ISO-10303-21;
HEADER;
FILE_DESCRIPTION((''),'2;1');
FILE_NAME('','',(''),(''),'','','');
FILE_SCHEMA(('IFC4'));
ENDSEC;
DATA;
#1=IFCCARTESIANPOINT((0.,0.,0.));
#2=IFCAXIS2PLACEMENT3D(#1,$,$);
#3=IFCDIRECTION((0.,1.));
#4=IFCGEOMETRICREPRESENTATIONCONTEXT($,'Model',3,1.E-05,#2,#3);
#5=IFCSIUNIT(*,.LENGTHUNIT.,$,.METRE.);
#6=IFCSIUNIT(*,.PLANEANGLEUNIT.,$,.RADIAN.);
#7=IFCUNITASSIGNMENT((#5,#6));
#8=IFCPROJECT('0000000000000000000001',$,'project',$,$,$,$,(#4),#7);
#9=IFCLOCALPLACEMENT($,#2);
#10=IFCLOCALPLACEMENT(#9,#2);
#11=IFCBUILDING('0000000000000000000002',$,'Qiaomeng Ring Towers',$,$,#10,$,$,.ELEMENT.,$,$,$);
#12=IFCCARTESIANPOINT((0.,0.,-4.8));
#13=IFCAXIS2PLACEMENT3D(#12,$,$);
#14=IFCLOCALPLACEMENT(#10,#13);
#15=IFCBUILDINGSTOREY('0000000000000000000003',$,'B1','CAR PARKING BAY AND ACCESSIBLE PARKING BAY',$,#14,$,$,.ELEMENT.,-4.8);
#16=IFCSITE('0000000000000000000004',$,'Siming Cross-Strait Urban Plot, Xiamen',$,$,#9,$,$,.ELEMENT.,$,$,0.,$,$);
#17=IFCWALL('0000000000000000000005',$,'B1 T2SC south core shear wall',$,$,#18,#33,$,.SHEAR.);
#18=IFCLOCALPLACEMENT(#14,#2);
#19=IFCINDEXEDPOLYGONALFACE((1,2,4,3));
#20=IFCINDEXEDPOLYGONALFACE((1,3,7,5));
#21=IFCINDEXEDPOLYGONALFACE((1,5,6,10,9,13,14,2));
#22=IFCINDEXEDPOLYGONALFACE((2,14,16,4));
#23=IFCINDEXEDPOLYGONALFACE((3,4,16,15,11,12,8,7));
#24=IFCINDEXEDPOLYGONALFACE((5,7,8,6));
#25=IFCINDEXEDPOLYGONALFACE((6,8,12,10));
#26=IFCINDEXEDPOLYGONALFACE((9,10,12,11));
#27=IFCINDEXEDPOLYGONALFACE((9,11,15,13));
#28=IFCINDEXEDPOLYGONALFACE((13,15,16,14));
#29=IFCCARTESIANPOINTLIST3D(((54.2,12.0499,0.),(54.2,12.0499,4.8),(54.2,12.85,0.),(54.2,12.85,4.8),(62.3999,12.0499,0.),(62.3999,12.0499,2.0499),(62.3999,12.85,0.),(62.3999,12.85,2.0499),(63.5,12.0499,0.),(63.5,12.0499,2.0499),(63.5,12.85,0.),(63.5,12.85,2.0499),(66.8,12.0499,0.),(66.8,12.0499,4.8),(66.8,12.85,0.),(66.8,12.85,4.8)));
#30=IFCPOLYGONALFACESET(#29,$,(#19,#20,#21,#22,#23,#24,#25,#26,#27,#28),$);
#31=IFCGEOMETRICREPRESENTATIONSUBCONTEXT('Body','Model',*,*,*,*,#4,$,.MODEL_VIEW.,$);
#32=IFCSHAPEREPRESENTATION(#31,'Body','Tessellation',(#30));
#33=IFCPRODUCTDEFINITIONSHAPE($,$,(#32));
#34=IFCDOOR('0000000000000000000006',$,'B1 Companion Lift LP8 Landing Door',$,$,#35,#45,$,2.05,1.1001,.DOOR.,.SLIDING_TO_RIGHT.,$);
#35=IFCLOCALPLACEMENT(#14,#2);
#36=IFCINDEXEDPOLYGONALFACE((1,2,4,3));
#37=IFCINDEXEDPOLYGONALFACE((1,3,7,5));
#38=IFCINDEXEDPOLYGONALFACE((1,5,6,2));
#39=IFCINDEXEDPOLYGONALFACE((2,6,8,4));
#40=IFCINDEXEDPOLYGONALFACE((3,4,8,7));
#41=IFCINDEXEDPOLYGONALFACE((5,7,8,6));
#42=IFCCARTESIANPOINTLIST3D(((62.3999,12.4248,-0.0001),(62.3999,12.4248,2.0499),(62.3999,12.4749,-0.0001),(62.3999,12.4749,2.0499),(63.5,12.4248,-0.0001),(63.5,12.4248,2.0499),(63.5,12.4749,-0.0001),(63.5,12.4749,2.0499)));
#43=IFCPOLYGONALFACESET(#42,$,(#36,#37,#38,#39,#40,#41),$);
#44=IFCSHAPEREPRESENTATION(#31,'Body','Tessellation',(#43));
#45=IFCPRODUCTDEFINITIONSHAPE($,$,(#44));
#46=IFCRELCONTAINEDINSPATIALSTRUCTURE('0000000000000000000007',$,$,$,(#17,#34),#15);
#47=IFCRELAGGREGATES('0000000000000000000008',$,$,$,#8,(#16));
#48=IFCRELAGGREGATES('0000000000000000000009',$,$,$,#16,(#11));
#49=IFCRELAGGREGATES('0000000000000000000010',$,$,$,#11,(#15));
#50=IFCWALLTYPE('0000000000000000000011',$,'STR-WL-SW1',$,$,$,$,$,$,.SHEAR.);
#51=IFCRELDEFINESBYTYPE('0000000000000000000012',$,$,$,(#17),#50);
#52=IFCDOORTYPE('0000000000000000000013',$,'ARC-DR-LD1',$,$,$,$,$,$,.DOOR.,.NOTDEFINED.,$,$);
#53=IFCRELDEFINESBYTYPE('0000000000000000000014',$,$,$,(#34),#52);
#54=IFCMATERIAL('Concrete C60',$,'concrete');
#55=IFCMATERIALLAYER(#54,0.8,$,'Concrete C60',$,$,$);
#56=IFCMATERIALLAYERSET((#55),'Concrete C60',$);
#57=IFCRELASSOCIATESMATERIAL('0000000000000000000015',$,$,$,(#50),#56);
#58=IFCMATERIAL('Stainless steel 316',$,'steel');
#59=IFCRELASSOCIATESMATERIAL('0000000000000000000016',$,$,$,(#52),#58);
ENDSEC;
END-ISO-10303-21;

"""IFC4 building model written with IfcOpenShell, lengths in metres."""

from ifc_helpers import new_model, si_unit, direction, frame, frame_2d, origin, place, context, subcontext, project, spatial, rectangle, extrude, source, transform, mapped, material, layer, layer_set, type_object, element, fill, save


model = new_model("IFC4")

# Units and contexts
model_context = context("Model", 3, precision=1e-05, world=origin(), true_north=direction((0.0, 1.0)))
body_context = subcontext(model_context, "Body", "Model", "MODEL_VIEW")
ifc_project = project(units=[si_unit("LENGTHUNIT", "METRE"), si_unit("PLANEANGLEUNIT", "RADIAN")], contexts=[model_context])

# Site, building, storey
site_placement = place(None, origin())
site = spatial("IfcSite", under=ifc_project, at=site_placement, Name="Siming Cross-Strait Urban Plot, Xiamen", CompositionType="ELEMENT", RefElevation=0.0)
building_placement = place(site_placement, origin())
building = spatial("IfcBuilding", under=site, at=building_placement, Name="Qiaomeng Ring Towers", CompositionType="ELEMENT")
storey_placement = place(building_placement, frame((0.0, 0.0, -4.8)))
storey = spatial("IfcBuildingStorey", under=building, at=storey_placement, Name="B1", Description="CAR PARKING BAY AND ACCESSIBLE PARKING BAY", CompositionType="ELEMENT", Elevation=-4.8)

# Shared definitions
ifc_material_1 = material(Name="Concrete C60", Category="concrete")

# Wall, opening, door
ifc_material_2 = material(Name="Stainless steel 316", Category="steel")
ifc_layer_1 = layer(ifc_material_1, 0.8, Name="Concrete C60")
ifc_layer_set_1 = layer_set([ifc_layer_1], Name="Concrete C60")
wall_type_1 = type_object("IfcWallType", Name="STR-WL-SW1", PredefinedType="SHEAR", material=ifc_layer_set_1)
wall_1_placement = place(storey_placement, frame((54.2, 12.45, 0.0), z_axis=(0.0, 0.0, 1.0), x_axis=(1.0, 0.0, 0.0)))
wall_1 = element("IfcWall", 1, at=wall_1_placement, inside=storey, type_object=wall_type_1, Name="B1 T2SC south core shear wall", PredefinedType="SHEAR", context=body_context, shape_type="SweptSolid", body=[
    extrude(rectangle(XDim=12.6001, YDim=0.8, at=frame_2d((6.3, 0.0))), origin(), (0.0, 0.0, 1.0), 4.8),
])
opening_1_placement = place(wall_1_placement, frame((8.2, 0.0, 0.0)))
opening_1 = element("IfcOpeningElement", 2, at=opening_1_placement, cuts=wall_1, PredefinedType="OPENING", context=body_context, shape_type="SweptSolid", body=[
    extrude(rectangle(XDim=1.1001, YDim=2.05, at=frame_2d((0.55, 1.0249))), frame((0.0, 0.4099, 0.0), z_axis=(0.0, -1.0, 0.0), x_axis=(1.0, 0.0, 0.0)), (0.0, 0.0, 1.0), 0.8201),
])
door_type_1 = type_object("IfcDoorType", Name="ARC-DR-LD1", OperationType="NOTDEFINED", PredefinedType="DOOR", material=ifc_material_2)
shared_shape_1 = source(origin(), body_context, "Body", "SweptSolid", [
    extrude(rectangle(XDim=1.1001, YDim=2.05, at=frame_2d((0.55, 1.0249))), frame((0.0, 0.0249, 0.0), z_axis=(0.0, -1.0, 0.0), x_axis=(1.0, 0.0, 0.0)), (0.0, 0.0, 1.0), 0.05),
])
door_1_placement = place(opening_1_placement, origin())
door_1 = element("IfcDoor", 3, at=door_1_placement, inside=storey, type_object=door_type_1, Name="B1 Companion Lift LP8 Landing Door", OperationType="SLIDING_TO_RIGHT", OverallHeight=2.05, OverallWidth=1.1001, PredefinedType="DOOR", context=body_context, shape_type="MappedRepresentation", body=[
    mapped(shared_shape_1, transform((0.0, 0.0, 0.0), x_axis=(1.0, 0.0, 0.0), y_axis=(0.0, 1.0, 0.0), z_axis=(0.0, 0.0, 1.0), scale=1.0)),
])
fill(opening_1, door_1)

save(model, "model.ifc")
